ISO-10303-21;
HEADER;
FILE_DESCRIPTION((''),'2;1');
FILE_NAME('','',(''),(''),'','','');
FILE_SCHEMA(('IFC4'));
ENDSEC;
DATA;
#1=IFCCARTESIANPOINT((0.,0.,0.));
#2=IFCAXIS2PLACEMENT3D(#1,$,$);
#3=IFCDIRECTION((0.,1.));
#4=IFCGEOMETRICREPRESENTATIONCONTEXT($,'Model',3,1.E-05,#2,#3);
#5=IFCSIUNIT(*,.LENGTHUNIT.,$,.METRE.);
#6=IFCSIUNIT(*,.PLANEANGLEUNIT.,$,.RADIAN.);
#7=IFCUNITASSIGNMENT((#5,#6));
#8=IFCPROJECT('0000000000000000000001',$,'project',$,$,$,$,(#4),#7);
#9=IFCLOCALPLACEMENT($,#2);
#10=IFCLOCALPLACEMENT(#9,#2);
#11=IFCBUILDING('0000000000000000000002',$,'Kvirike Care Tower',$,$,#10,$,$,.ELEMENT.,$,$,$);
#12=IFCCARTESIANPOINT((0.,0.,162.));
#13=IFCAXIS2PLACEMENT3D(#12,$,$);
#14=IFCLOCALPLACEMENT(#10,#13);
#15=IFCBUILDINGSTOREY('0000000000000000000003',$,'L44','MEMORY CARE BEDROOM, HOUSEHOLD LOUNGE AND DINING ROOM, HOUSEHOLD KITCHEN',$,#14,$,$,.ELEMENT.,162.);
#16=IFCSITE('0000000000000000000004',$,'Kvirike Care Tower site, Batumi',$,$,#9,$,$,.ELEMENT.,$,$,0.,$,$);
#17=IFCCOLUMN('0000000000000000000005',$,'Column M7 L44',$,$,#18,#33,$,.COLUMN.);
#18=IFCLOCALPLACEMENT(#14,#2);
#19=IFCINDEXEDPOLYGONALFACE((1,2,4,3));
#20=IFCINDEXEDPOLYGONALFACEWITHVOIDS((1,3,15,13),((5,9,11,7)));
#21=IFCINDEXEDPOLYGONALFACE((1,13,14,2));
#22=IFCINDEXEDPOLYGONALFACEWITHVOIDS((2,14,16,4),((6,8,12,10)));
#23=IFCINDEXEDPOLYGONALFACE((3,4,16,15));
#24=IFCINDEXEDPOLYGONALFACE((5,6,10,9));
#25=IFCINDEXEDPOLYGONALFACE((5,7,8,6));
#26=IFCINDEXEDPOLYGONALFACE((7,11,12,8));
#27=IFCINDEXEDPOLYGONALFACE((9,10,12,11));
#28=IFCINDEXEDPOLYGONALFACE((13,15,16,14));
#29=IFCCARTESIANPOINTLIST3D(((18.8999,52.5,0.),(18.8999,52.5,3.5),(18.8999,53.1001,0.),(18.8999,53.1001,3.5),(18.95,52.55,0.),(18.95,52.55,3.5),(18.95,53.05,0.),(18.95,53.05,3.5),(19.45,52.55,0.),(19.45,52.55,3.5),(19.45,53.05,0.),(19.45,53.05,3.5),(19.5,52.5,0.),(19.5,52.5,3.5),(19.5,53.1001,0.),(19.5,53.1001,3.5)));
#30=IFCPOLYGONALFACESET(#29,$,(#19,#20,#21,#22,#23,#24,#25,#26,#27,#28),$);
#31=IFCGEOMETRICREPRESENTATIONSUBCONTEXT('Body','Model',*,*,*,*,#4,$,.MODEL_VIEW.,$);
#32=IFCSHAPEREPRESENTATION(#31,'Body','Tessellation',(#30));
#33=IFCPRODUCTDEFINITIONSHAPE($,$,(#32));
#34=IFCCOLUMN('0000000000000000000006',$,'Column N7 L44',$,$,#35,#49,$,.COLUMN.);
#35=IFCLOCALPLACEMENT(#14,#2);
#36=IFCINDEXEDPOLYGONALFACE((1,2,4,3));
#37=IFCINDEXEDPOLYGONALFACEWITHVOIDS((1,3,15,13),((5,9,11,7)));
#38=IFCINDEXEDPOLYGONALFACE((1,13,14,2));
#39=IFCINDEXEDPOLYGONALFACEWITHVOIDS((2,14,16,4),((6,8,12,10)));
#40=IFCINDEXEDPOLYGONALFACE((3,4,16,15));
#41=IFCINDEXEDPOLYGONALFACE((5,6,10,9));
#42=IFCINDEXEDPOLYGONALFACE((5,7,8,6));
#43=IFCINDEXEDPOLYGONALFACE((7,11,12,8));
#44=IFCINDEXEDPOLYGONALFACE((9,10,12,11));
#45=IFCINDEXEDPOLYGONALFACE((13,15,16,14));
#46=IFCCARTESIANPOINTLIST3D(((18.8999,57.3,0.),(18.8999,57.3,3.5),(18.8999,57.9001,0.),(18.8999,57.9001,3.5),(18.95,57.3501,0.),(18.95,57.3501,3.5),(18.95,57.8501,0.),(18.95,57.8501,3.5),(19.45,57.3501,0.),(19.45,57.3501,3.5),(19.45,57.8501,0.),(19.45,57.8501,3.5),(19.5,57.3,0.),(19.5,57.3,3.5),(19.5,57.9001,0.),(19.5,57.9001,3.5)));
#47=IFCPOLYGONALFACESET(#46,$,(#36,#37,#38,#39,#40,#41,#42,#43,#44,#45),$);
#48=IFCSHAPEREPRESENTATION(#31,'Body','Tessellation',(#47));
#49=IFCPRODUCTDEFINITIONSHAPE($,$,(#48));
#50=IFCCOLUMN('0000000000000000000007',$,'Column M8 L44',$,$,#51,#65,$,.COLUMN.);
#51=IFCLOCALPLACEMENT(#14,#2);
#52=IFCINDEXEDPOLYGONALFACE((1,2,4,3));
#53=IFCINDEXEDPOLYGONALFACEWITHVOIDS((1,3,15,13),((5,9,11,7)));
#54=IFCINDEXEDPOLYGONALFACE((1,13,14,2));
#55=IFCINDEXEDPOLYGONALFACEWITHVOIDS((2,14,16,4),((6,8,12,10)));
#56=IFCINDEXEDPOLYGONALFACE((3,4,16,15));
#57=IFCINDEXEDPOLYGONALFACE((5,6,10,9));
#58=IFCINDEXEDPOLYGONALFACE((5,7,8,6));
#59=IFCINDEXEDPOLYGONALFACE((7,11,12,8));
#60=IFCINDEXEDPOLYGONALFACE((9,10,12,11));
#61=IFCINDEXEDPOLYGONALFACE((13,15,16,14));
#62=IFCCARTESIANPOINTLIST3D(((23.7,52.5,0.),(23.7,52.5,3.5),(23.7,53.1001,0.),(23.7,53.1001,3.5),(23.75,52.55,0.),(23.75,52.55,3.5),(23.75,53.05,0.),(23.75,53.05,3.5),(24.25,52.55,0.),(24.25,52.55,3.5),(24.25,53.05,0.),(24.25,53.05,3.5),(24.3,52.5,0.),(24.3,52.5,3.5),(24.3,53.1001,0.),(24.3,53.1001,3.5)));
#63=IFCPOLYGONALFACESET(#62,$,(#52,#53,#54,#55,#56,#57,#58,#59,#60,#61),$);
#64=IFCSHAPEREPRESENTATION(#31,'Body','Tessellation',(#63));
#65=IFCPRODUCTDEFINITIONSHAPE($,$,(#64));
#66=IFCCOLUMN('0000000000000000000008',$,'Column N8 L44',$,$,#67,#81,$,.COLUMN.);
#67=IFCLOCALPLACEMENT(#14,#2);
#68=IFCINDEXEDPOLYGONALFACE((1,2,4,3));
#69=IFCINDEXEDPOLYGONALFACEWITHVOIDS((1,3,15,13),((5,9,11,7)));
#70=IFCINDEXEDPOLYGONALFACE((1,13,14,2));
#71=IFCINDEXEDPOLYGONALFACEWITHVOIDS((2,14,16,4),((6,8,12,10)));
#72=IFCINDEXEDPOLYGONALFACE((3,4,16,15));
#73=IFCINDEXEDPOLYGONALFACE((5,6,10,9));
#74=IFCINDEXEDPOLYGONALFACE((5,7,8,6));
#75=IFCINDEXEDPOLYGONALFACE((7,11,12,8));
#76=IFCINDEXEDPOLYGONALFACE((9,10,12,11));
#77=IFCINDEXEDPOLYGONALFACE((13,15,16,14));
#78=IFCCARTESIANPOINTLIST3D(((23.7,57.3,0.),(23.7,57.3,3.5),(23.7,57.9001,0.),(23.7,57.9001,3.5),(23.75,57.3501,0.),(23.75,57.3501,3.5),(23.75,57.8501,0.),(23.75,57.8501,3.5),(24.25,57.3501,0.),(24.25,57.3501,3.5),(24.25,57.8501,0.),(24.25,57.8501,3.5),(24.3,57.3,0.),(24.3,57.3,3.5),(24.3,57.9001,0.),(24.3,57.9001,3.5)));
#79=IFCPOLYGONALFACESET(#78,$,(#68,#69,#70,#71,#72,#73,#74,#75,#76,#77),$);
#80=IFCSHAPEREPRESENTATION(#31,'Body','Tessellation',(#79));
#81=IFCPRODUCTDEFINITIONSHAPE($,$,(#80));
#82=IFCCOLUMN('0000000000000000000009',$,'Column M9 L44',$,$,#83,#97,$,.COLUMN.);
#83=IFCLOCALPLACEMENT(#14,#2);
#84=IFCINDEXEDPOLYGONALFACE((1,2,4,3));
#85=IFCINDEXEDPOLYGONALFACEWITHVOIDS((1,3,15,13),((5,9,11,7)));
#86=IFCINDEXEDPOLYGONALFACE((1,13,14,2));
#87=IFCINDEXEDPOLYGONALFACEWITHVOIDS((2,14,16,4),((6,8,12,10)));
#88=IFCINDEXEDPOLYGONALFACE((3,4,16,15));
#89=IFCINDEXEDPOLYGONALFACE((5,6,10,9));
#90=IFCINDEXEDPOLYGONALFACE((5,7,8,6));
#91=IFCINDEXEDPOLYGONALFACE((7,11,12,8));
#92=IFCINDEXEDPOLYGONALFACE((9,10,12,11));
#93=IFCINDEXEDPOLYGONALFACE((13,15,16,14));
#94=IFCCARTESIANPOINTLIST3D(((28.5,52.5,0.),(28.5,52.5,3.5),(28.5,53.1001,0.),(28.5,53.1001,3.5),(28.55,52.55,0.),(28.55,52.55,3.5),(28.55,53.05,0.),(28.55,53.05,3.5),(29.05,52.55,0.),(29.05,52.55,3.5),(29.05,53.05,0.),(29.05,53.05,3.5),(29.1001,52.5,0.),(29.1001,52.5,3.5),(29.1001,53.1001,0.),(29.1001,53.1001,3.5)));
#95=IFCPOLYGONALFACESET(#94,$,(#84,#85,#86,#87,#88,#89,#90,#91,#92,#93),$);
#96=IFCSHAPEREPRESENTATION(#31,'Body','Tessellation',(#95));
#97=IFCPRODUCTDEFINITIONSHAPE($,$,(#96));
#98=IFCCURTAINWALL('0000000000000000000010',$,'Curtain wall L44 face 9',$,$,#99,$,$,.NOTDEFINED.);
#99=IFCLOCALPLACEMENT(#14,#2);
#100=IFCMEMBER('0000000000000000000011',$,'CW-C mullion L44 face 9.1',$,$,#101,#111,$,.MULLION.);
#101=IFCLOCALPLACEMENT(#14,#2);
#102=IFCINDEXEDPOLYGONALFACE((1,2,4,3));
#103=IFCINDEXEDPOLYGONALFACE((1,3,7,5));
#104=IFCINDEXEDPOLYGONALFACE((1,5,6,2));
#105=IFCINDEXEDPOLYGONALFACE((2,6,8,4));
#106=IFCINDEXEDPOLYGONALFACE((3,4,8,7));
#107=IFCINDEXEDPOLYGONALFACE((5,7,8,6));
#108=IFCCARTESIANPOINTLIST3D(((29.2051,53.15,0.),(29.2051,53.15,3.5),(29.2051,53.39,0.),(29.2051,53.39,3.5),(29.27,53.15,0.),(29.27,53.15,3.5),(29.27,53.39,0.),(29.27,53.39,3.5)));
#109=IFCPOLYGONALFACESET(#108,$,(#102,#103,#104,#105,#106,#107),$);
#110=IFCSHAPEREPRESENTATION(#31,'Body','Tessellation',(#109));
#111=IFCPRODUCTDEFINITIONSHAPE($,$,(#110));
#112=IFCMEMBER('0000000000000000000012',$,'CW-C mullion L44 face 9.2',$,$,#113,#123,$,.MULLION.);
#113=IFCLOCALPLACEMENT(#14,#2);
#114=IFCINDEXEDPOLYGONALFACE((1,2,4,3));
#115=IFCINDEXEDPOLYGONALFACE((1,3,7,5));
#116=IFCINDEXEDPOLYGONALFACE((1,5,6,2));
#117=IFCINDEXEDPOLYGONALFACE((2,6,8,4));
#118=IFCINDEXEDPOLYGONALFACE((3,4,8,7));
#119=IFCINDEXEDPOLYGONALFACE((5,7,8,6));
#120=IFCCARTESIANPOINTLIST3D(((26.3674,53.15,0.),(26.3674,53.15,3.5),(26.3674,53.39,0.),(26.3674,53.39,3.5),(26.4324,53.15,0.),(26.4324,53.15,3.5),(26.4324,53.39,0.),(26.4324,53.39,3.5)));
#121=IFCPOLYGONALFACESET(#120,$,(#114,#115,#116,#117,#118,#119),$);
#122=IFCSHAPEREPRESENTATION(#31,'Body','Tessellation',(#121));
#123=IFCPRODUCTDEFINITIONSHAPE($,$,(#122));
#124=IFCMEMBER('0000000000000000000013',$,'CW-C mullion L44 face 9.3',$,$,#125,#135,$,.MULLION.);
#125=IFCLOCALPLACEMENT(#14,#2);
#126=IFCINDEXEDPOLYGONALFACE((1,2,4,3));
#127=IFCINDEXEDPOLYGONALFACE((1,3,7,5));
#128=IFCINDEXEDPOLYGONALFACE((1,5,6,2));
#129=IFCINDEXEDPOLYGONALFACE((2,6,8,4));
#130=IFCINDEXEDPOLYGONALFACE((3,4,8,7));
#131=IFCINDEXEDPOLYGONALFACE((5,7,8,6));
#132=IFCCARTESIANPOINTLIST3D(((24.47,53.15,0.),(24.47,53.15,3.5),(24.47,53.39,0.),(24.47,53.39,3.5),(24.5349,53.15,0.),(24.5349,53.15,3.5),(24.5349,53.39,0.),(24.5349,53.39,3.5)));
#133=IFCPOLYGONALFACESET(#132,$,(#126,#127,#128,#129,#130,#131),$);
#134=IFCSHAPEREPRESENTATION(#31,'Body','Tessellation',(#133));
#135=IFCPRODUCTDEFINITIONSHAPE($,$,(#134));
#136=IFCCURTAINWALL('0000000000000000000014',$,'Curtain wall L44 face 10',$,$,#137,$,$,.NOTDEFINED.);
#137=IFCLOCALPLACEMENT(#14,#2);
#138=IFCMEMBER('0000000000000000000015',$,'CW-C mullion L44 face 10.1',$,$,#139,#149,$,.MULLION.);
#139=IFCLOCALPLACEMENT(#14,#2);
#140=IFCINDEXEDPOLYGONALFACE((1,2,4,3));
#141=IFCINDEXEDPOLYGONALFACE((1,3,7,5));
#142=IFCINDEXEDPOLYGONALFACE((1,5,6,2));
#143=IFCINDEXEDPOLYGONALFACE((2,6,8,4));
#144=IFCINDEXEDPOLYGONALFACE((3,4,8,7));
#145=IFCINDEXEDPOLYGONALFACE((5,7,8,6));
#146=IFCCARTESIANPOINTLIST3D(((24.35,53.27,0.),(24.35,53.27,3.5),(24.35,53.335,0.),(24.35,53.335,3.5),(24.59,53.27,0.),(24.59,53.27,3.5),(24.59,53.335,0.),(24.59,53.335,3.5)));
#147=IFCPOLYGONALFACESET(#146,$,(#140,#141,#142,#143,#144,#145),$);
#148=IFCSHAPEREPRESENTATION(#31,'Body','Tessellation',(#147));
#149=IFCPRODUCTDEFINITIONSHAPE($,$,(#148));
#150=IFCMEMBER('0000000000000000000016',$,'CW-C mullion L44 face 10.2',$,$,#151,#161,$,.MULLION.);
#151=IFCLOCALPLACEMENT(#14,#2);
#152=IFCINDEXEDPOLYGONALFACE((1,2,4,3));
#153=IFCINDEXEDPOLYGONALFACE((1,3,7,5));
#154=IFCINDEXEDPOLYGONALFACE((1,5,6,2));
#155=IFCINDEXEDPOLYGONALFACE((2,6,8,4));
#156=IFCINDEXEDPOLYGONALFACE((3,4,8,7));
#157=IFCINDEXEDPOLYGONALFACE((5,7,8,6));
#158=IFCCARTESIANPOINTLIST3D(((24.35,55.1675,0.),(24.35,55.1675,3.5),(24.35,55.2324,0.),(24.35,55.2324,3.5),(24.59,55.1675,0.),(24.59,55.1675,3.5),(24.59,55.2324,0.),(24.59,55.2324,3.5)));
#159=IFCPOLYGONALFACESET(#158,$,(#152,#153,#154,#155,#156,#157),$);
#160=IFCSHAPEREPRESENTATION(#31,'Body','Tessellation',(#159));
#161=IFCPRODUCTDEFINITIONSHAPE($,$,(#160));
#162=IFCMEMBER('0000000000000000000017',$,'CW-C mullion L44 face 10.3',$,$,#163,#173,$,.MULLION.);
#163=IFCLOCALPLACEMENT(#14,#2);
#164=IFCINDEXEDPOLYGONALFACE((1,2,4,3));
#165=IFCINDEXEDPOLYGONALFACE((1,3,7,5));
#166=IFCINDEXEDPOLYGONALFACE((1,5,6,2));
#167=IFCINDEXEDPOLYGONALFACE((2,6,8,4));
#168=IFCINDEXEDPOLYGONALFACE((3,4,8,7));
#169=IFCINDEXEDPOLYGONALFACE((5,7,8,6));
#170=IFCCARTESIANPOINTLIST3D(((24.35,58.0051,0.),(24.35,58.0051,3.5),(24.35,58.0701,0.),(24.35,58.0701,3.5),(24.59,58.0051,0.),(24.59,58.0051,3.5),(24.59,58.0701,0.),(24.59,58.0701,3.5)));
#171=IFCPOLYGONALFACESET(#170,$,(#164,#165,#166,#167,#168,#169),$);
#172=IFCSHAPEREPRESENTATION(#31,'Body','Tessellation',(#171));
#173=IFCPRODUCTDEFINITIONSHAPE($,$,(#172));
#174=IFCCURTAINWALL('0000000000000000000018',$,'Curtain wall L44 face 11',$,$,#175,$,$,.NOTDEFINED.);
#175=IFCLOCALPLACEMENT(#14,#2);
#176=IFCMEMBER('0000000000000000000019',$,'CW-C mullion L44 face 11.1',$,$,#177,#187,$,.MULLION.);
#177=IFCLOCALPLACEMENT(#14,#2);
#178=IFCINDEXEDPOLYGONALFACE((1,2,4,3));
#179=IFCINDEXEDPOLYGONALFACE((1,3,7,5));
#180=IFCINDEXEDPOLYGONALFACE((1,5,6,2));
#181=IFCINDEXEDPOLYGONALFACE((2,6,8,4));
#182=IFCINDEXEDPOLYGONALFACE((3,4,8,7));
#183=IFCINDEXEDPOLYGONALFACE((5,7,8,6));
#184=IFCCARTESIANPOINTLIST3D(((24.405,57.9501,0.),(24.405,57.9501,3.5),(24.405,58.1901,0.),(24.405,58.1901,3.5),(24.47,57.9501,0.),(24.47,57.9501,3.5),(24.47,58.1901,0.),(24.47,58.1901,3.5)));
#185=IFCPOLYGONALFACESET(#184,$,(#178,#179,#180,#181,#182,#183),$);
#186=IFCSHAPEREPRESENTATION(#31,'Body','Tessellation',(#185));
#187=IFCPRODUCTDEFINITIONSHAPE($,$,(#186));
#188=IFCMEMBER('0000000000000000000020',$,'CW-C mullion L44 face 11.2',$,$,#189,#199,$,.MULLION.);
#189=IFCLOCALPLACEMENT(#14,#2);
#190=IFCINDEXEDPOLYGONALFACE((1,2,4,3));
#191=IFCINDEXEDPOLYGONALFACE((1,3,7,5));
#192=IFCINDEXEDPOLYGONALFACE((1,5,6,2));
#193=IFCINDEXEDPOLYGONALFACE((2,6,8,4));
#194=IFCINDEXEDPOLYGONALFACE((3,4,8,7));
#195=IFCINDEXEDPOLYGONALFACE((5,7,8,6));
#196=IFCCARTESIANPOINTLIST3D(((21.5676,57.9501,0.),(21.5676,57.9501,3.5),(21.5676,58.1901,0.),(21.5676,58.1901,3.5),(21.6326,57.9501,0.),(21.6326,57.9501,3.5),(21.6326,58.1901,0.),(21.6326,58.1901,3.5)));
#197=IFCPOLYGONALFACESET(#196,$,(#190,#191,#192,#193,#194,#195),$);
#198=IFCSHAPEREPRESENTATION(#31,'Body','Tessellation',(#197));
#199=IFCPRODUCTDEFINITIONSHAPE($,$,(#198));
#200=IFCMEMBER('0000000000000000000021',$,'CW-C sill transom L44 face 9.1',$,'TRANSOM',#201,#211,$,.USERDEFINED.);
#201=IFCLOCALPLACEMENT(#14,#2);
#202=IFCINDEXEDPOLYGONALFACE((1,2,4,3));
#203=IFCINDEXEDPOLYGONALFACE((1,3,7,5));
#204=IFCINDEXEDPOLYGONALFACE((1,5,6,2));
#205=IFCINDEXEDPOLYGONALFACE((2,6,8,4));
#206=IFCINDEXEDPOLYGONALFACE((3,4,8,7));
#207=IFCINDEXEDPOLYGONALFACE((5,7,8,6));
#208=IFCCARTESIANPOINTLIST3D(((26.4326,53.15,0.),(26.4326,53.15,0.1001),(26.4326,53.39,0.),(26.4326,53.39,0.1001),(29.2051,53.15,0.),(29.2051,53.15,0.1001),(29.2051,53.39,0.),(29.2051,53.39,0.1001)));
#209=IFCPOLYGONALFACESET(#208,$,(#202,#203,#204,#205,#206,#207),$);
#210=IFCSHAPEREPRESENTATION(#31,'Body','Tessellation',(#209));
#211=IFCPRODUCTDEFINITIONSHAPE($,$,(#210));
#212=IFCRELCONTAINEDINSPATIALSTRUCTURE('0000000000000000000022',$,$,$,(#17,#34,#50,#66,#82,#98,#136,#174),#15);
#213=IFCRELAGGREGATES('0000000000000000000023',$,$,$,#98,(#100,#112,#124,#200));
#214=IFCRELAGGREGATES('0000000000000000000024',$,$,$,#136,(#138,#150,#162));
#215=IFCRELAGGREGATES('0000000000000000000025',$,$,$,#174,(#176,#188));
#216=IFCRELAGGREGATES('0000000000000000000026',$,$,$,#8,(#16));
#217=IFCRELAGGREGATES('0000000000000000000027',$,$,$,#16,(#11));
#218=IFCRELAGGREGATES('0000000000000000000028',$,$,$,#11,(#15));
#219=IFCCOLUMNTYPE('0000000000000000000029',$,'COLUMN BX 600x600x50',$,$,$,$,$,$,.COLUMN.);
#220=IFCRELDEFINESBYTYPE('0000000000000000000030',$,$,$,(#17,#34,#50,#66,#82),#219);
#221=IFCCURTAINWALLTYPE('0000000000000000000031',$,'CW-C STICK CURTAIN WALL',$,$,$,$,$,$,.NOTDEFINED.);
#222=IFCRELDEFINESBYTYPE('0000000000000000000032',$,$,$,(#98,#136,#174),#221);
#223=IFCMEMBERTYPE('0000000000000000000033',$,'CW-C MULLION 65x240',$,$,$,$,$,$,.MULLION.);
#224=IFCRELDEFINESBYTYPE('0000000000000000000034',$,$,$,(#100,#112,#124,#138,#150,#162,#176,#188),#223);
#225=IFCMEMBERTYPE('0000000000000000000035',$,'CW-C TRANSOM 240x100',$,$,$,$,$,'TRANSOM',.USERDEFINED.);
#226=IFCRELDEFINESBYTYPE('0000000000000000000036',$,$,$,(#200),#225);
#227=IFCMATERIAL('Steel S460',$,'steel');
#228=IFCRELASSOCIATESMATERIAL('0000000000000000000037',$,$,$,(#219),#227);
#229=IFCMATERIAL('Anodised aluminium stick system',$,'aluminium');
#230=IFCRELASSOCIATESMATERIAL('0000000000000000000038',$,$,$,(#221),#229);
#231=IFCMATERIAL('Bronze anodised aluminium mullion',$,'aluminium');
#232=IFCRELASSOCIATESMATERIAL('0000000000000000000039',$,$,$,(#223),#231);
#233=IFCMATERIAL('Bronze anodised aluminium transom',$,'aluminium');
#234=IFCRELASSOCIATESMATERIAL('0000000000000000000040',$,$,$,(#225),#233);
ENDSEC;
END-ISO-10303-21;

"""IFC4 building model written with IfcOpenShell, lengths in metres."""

from ifc_helpers import new_model, si_unit, direction, frame, origin, origin_2d, place, context, subcontext, project, spatial, rectangle, hollow_rectangle, extrude, material, material_profile, profile_set, type_object, element, aggregate, save


model = new_model("IFC4")

# Units and contexts
model_context = context("Model", 3, precision=1e-05, world=origin(), true_north=direction((0.0, 1.0)))
body_context = subcontext(model_context, "Body", "Model", "MODEL_VIEW")
ifc_project = project(units=[si_unit("LENGTHUNIT", "METRE"), si_unit("PLANEANGLEUNIT", "RADIAN")], contexts=[model_context])

# Site, building, storey
site_placement = place(None, origin())
site = spatial("IfcSite", under=ifc_project, at=site_placement, Name="Kvirike Care Tower site, Batumi", CompositionType="ELEMENT", RefElevation=0.0)
building_placement = place(site_placement, origin())
building = spatial("IfcBuilding", under=site, at=building_placement, Name="Kvirike Care Tower", CompositionType="ELEMENT")
storey_placement = place(building_placement, frame((0.0, 0.0, 162.0)))
storey = spatial("IfcBuildingStorey", under=building, at=storey_placement, Name="L44", Description="MEMORY CARE BEDROOM, HOUSEHOLD LOUNGE AND DINING ROOM, HOUSEHOLD KITCHEN", CompositionType="ELEMENT", Elevation=162.0)

# Columns
ifc_material_1 = material(Name="Steel S460", Category="steel")
ifc_material_profile_1 = material_profile(ifc_material_1, hollow_rectangle(XDim=0.6001, YDim=0.6001, WallThickness=0.05, at=origin_2d()), Name="BX 600x600x50")
ifc_profile_set_1 = profile_set([ifc_material_profile_1], Name="Steel S460")
column_type = type_object("IfcColumnType", Name="COLUMN BX 600x600x50", PredefinedType="COLUMN", material=ifc_profile_set_1)
for number, where, z_axis, x_axis, name in (
    (1, (19.2, 52.8, 0.0), (0.0, 0.0, 1.0), (0.0, 1.0, 0.0), "Column M7 L44"),
    (2, (19.2, 57.6001, 0.0), (0.0, 0.0, 1.0), (0.0, 1.0, 0.0), "Column N7 L44"),
    (3, (24.0, 52.8, 0.0), (0.0, 0.0, 1.0), (0.0, 1.0, 0.0), "Column M8 L44"),
    (4, (24.0, 57.6001, 0.0), (0.0, 0.0, 1.0), (0.0, 1.0, 0.0), "Column N8 L44"),
    (5, (28.8, 52.8, 0.0), (0.0, 0.0, 1.0), (0.0, 1.0, 0.0), "Column M9 L44"),
):
    element("IfcColumn", number, at=place(storey_placement, frame(where, z_axis=z_axis, x_axis=x_axis)), inside=storey, type_object=column_type, Name=name, PredefinedType="COLUMN", context=body_context, shape_type="SweptSolid", body=[
        extrude(hollow_rectangle(XDim=0.6001, YDim=0.6001, WallThickness=0.05, at=origin_2d()), origin(), (0.0, 0.0, 1.0), 3.5),
    ])

# Curtain walls, members
ifc_material_2 = material(Name="Anodised aluminium stick system", Category="aluminium")
curtain_wall_type = type_object("IfcCurtainWallType", Name="CW-C STICK CURTAIN WALL", PredefinedType="NOTDEFINED", material=ifc_material_2)
curtain_wall_1_placement = place(storey_placement, origin())
curtain_wall_1 = element("IfcCurtainWall", 6, at=curtain_wall_1_placement, inside=storey, type_object=curtain_wall_type, Name="Curtain wall L44 face 9", PredefinedType="NOTDEFINED")
ifc_material_3 = material(Name="Bronze anodised aluminium mullion", Category="aluminium")
ifc_material_profile_2 = material_profile(ifc_material_3, rectangle(XDim=0.0649, YDim=0.24, at=origin_2d()), Name="CW-C MULLION 65x240")
ifc_profile_set_2 = profile_set([ifc_material_profile_2], Name="Bronze anodised aluminium mullion")
member_type_1 = type_object("IfcMemberType", Name="CW-C MULLION 65x240", PredefinedType="MULLION", material=ifc_profile_set_2)
member_1_placement = place(storey_placement, frame((29.2375, 53.27, 0.0), z_axis=(0.0, 0.0, 1.0), x_axis=(-1.0, 0.0, 0.0)))
member_1 = element("IfcMember", 7, at=member_1_placement, type_object=member_type_1, Name="CW-C mullion L44 face 9.1", PredefinedType="MULLION", context=body_context, shape_type="SweptSolid", body=[
    extrude(rectangle(XDim=0.0649, YDim=0.24, at=origin_2d()), origin(), (0.0, 0.0, 1.0), 3.5),
])
member_2_placement = place(storey_placement, frame((26.3999, 53.27, 0.0), z_axis=(0.0, 0.0, 1.0), x_axis=(-1.0, 0.0, 0.0)))
member_2 = element("IfcMember", 8, at=member_2_placement, type_object=member_type_1, Name="CW-C mullion L44 face 9.2", PredefinedType="MULLION", context=body_context, shape_type="SweptSolid", body=[
    extrude(rectangle(XDim=0.0649, YDim=0.24, at=origin_2d()), origin(), (0.0, 0.0, 1.0), 3.5),
])
member_3_placement = place(storey_placement, frame((24.5024, 53.27, 0.0), z_axis=(0.0, 0.0, 1.0), x_axis=(-1.0, 0.0, 0.0)))
member_3 = element("IfcMember", 9, at=member_3_placement, type_object=member_type_1, Name="CW-C mullion L44 face 9.3", PredefinedType="MULLION", context=body_context, shape_type="SweptSolid", body=[
    extrude(rectangle(XDim=0.0649, YDim=0.24, at=origin_2d()), origin(), (0.0, 0.0, 1.0), 3.5),
])
curtain_wall_2_placement = place(storey_placement, origin())
curtain_wall_2 = element("IfcCurtainWall", 10, at=curtain_wall_2_placement, inside=storey, type_object=curtain_wall_type, Name="Curtain wall L44 face 10", PredefinedType="NOTDEFINED")
member_4_placement = place(storey_placement, frame((24.47, 53.3025, 0.0), z_axis=(0.0, 0.0, 1.0), x_axis=(0.0, 1.0, 0.0)))
member_4 = element("IfcMember", 11, at=member_4_placement, type_object=member_type_1, Name="CW-C mullion L44 face 10.1", PredefinedType="MULLION", context=body_context, shape_type="SweptSolid", body=[
    extrude(rectangle(XDim=0.0649, YDim=0.24, at=origin_2d()), origin(), (0.0, 0.0, 1.0), 3.5),
])
member_5_placement = place(storey_placement, frame((24.47, 55.2, 0.0), z_axis=(0.0, 0.0, 1.0), x_axis=(0.0, 1.0, 0.0)))
member_5 = element("IfcMember", 12, at=member_5_placement, type_object=member_type_1, Name="CW-C mullion L44 face 10.2", PredefinedType="MULLION", context=body_context, shape_type="SweptSolid", body=[
    extrude(rectangle(XDim=0.0649, YDim=0.24, at=origin_2d()), origin(), (0.0, 0.0, 1.0), 3.5),
])
member_6_placement = place(storey_placement, frame((24.47, 58.0376, 0.0), z_axis=(0.0, 0.0, 1.0), x_axis=(0.0, 1.0, 0.0)))
member_6 = element("IfcMember", 13, at=member_6_placement, type_object=member_type_1, Name="CW-C mullion L44 face 10.3", PredefinedType="MULLION", context=body_context, shape_type="SweptSolid", body=[
    extrude(rectangle(XDim=0.0649, YDim=0.24, at=origin_2d()), origin(), (0.0, 0.0, 1.0), 3.5),
])
curtain_wall_3_placement = place(storey_placement, origin())
curtain_wall_3 = element("IfcCurtainWall", 14, at=curtain_wall_3_placement, inside=storey, type_object=curtain_wall_type, Name="Curtain wall L44 face 11", PredefinedType="NOTDEFINED")
member_7_placement = place(storey_placement, frame((24.4375, 58.0701, 0.0), z_axis=(0.0, 0.0, 1.0), x_axis=(-1.0, 0.0, 0.0)))
member_7 = element("IfcMember", 15, at=member_7_placement, type_object=member_type_1, Name="CW-C mullion L44 face 11.1", PredefinedType="MULLION", context=body_context, shape_type="SweptSolid", body=[
    extrude(rectangle(XDim=0.0649, YDim=0.24, at=origin_2d()), origin(), (0.0, 0.0, 1.0), 3.5),
])
member_8_placement = place(storey_placement, frame((21.6001, 58.0701, 0.0), z_axis=(0.0, 0.0, 1.0), x_axis=(-1.0, 0.0, 0.0)))
member_8 = element("IfcMember", 16, at=member_8_placement, type_object=member_type_1, Name="CW-C mullion L44 face 11.2", PredefinedType="MULLION", context=body_context, shape_type="SweptSolid", body=[
    extrude(rectangle(XDim=0.0649, YDim=0.24, at=origin_2d()), origin(), (0.0, 0.0, 1.0), 3.5),
])

# Member
ifc_material_4 = material(Name="Bronze anodised aluminium transom", Category="aluminium")
ifc_material_profile_3 = material_profile(ifc_material_4, rectangle(XDim=0.24, YDim=0.1001, at=origin_2d()), Name="CW-C TRANSOM 240x100")
ifc_profile_set_3 = profile_set([ifc_material_profile_3], Name="Bronze anodised aluminium transom")
member_type_2 = type_object("IfcMemberType", Name="CW-C TRANSOM 240x100", ElementType="TRANSOM", PredefinedType="USERDEFINED", material=ifc_profile_set_3)
member_9_placement = place(storey_placement, frame((29.2051, 53.27, 0.05), z_axis=(-1.0, 0.0, 0.0), x_axis=(0.0, -1.0, 0.0)))
member_9 = element("IfcMember", 17, at=member_9_placement, type_object=member_type_2, Name="CW-C sill transom L44 face 9.1", ObjectType="TRANSOM", PredefinedType="USERDEFINED", context=body_context, shape_type="SweptSolid", body=[
    extrude(rectangle(XDim=0.24, YDim=0.1001, at=origin_2d()), origin(), (0.0, 0.0, 1.0), 2.7725),
])

aggregate(curtain_wall_1, [member_1, member_2, member_3, member_9])
aggregate(curtain_wall_2, [member_4, member_5, member_6])
aggregate(curtain_wall_3, [member_7, member_8])

save(model, "model.ifc")
